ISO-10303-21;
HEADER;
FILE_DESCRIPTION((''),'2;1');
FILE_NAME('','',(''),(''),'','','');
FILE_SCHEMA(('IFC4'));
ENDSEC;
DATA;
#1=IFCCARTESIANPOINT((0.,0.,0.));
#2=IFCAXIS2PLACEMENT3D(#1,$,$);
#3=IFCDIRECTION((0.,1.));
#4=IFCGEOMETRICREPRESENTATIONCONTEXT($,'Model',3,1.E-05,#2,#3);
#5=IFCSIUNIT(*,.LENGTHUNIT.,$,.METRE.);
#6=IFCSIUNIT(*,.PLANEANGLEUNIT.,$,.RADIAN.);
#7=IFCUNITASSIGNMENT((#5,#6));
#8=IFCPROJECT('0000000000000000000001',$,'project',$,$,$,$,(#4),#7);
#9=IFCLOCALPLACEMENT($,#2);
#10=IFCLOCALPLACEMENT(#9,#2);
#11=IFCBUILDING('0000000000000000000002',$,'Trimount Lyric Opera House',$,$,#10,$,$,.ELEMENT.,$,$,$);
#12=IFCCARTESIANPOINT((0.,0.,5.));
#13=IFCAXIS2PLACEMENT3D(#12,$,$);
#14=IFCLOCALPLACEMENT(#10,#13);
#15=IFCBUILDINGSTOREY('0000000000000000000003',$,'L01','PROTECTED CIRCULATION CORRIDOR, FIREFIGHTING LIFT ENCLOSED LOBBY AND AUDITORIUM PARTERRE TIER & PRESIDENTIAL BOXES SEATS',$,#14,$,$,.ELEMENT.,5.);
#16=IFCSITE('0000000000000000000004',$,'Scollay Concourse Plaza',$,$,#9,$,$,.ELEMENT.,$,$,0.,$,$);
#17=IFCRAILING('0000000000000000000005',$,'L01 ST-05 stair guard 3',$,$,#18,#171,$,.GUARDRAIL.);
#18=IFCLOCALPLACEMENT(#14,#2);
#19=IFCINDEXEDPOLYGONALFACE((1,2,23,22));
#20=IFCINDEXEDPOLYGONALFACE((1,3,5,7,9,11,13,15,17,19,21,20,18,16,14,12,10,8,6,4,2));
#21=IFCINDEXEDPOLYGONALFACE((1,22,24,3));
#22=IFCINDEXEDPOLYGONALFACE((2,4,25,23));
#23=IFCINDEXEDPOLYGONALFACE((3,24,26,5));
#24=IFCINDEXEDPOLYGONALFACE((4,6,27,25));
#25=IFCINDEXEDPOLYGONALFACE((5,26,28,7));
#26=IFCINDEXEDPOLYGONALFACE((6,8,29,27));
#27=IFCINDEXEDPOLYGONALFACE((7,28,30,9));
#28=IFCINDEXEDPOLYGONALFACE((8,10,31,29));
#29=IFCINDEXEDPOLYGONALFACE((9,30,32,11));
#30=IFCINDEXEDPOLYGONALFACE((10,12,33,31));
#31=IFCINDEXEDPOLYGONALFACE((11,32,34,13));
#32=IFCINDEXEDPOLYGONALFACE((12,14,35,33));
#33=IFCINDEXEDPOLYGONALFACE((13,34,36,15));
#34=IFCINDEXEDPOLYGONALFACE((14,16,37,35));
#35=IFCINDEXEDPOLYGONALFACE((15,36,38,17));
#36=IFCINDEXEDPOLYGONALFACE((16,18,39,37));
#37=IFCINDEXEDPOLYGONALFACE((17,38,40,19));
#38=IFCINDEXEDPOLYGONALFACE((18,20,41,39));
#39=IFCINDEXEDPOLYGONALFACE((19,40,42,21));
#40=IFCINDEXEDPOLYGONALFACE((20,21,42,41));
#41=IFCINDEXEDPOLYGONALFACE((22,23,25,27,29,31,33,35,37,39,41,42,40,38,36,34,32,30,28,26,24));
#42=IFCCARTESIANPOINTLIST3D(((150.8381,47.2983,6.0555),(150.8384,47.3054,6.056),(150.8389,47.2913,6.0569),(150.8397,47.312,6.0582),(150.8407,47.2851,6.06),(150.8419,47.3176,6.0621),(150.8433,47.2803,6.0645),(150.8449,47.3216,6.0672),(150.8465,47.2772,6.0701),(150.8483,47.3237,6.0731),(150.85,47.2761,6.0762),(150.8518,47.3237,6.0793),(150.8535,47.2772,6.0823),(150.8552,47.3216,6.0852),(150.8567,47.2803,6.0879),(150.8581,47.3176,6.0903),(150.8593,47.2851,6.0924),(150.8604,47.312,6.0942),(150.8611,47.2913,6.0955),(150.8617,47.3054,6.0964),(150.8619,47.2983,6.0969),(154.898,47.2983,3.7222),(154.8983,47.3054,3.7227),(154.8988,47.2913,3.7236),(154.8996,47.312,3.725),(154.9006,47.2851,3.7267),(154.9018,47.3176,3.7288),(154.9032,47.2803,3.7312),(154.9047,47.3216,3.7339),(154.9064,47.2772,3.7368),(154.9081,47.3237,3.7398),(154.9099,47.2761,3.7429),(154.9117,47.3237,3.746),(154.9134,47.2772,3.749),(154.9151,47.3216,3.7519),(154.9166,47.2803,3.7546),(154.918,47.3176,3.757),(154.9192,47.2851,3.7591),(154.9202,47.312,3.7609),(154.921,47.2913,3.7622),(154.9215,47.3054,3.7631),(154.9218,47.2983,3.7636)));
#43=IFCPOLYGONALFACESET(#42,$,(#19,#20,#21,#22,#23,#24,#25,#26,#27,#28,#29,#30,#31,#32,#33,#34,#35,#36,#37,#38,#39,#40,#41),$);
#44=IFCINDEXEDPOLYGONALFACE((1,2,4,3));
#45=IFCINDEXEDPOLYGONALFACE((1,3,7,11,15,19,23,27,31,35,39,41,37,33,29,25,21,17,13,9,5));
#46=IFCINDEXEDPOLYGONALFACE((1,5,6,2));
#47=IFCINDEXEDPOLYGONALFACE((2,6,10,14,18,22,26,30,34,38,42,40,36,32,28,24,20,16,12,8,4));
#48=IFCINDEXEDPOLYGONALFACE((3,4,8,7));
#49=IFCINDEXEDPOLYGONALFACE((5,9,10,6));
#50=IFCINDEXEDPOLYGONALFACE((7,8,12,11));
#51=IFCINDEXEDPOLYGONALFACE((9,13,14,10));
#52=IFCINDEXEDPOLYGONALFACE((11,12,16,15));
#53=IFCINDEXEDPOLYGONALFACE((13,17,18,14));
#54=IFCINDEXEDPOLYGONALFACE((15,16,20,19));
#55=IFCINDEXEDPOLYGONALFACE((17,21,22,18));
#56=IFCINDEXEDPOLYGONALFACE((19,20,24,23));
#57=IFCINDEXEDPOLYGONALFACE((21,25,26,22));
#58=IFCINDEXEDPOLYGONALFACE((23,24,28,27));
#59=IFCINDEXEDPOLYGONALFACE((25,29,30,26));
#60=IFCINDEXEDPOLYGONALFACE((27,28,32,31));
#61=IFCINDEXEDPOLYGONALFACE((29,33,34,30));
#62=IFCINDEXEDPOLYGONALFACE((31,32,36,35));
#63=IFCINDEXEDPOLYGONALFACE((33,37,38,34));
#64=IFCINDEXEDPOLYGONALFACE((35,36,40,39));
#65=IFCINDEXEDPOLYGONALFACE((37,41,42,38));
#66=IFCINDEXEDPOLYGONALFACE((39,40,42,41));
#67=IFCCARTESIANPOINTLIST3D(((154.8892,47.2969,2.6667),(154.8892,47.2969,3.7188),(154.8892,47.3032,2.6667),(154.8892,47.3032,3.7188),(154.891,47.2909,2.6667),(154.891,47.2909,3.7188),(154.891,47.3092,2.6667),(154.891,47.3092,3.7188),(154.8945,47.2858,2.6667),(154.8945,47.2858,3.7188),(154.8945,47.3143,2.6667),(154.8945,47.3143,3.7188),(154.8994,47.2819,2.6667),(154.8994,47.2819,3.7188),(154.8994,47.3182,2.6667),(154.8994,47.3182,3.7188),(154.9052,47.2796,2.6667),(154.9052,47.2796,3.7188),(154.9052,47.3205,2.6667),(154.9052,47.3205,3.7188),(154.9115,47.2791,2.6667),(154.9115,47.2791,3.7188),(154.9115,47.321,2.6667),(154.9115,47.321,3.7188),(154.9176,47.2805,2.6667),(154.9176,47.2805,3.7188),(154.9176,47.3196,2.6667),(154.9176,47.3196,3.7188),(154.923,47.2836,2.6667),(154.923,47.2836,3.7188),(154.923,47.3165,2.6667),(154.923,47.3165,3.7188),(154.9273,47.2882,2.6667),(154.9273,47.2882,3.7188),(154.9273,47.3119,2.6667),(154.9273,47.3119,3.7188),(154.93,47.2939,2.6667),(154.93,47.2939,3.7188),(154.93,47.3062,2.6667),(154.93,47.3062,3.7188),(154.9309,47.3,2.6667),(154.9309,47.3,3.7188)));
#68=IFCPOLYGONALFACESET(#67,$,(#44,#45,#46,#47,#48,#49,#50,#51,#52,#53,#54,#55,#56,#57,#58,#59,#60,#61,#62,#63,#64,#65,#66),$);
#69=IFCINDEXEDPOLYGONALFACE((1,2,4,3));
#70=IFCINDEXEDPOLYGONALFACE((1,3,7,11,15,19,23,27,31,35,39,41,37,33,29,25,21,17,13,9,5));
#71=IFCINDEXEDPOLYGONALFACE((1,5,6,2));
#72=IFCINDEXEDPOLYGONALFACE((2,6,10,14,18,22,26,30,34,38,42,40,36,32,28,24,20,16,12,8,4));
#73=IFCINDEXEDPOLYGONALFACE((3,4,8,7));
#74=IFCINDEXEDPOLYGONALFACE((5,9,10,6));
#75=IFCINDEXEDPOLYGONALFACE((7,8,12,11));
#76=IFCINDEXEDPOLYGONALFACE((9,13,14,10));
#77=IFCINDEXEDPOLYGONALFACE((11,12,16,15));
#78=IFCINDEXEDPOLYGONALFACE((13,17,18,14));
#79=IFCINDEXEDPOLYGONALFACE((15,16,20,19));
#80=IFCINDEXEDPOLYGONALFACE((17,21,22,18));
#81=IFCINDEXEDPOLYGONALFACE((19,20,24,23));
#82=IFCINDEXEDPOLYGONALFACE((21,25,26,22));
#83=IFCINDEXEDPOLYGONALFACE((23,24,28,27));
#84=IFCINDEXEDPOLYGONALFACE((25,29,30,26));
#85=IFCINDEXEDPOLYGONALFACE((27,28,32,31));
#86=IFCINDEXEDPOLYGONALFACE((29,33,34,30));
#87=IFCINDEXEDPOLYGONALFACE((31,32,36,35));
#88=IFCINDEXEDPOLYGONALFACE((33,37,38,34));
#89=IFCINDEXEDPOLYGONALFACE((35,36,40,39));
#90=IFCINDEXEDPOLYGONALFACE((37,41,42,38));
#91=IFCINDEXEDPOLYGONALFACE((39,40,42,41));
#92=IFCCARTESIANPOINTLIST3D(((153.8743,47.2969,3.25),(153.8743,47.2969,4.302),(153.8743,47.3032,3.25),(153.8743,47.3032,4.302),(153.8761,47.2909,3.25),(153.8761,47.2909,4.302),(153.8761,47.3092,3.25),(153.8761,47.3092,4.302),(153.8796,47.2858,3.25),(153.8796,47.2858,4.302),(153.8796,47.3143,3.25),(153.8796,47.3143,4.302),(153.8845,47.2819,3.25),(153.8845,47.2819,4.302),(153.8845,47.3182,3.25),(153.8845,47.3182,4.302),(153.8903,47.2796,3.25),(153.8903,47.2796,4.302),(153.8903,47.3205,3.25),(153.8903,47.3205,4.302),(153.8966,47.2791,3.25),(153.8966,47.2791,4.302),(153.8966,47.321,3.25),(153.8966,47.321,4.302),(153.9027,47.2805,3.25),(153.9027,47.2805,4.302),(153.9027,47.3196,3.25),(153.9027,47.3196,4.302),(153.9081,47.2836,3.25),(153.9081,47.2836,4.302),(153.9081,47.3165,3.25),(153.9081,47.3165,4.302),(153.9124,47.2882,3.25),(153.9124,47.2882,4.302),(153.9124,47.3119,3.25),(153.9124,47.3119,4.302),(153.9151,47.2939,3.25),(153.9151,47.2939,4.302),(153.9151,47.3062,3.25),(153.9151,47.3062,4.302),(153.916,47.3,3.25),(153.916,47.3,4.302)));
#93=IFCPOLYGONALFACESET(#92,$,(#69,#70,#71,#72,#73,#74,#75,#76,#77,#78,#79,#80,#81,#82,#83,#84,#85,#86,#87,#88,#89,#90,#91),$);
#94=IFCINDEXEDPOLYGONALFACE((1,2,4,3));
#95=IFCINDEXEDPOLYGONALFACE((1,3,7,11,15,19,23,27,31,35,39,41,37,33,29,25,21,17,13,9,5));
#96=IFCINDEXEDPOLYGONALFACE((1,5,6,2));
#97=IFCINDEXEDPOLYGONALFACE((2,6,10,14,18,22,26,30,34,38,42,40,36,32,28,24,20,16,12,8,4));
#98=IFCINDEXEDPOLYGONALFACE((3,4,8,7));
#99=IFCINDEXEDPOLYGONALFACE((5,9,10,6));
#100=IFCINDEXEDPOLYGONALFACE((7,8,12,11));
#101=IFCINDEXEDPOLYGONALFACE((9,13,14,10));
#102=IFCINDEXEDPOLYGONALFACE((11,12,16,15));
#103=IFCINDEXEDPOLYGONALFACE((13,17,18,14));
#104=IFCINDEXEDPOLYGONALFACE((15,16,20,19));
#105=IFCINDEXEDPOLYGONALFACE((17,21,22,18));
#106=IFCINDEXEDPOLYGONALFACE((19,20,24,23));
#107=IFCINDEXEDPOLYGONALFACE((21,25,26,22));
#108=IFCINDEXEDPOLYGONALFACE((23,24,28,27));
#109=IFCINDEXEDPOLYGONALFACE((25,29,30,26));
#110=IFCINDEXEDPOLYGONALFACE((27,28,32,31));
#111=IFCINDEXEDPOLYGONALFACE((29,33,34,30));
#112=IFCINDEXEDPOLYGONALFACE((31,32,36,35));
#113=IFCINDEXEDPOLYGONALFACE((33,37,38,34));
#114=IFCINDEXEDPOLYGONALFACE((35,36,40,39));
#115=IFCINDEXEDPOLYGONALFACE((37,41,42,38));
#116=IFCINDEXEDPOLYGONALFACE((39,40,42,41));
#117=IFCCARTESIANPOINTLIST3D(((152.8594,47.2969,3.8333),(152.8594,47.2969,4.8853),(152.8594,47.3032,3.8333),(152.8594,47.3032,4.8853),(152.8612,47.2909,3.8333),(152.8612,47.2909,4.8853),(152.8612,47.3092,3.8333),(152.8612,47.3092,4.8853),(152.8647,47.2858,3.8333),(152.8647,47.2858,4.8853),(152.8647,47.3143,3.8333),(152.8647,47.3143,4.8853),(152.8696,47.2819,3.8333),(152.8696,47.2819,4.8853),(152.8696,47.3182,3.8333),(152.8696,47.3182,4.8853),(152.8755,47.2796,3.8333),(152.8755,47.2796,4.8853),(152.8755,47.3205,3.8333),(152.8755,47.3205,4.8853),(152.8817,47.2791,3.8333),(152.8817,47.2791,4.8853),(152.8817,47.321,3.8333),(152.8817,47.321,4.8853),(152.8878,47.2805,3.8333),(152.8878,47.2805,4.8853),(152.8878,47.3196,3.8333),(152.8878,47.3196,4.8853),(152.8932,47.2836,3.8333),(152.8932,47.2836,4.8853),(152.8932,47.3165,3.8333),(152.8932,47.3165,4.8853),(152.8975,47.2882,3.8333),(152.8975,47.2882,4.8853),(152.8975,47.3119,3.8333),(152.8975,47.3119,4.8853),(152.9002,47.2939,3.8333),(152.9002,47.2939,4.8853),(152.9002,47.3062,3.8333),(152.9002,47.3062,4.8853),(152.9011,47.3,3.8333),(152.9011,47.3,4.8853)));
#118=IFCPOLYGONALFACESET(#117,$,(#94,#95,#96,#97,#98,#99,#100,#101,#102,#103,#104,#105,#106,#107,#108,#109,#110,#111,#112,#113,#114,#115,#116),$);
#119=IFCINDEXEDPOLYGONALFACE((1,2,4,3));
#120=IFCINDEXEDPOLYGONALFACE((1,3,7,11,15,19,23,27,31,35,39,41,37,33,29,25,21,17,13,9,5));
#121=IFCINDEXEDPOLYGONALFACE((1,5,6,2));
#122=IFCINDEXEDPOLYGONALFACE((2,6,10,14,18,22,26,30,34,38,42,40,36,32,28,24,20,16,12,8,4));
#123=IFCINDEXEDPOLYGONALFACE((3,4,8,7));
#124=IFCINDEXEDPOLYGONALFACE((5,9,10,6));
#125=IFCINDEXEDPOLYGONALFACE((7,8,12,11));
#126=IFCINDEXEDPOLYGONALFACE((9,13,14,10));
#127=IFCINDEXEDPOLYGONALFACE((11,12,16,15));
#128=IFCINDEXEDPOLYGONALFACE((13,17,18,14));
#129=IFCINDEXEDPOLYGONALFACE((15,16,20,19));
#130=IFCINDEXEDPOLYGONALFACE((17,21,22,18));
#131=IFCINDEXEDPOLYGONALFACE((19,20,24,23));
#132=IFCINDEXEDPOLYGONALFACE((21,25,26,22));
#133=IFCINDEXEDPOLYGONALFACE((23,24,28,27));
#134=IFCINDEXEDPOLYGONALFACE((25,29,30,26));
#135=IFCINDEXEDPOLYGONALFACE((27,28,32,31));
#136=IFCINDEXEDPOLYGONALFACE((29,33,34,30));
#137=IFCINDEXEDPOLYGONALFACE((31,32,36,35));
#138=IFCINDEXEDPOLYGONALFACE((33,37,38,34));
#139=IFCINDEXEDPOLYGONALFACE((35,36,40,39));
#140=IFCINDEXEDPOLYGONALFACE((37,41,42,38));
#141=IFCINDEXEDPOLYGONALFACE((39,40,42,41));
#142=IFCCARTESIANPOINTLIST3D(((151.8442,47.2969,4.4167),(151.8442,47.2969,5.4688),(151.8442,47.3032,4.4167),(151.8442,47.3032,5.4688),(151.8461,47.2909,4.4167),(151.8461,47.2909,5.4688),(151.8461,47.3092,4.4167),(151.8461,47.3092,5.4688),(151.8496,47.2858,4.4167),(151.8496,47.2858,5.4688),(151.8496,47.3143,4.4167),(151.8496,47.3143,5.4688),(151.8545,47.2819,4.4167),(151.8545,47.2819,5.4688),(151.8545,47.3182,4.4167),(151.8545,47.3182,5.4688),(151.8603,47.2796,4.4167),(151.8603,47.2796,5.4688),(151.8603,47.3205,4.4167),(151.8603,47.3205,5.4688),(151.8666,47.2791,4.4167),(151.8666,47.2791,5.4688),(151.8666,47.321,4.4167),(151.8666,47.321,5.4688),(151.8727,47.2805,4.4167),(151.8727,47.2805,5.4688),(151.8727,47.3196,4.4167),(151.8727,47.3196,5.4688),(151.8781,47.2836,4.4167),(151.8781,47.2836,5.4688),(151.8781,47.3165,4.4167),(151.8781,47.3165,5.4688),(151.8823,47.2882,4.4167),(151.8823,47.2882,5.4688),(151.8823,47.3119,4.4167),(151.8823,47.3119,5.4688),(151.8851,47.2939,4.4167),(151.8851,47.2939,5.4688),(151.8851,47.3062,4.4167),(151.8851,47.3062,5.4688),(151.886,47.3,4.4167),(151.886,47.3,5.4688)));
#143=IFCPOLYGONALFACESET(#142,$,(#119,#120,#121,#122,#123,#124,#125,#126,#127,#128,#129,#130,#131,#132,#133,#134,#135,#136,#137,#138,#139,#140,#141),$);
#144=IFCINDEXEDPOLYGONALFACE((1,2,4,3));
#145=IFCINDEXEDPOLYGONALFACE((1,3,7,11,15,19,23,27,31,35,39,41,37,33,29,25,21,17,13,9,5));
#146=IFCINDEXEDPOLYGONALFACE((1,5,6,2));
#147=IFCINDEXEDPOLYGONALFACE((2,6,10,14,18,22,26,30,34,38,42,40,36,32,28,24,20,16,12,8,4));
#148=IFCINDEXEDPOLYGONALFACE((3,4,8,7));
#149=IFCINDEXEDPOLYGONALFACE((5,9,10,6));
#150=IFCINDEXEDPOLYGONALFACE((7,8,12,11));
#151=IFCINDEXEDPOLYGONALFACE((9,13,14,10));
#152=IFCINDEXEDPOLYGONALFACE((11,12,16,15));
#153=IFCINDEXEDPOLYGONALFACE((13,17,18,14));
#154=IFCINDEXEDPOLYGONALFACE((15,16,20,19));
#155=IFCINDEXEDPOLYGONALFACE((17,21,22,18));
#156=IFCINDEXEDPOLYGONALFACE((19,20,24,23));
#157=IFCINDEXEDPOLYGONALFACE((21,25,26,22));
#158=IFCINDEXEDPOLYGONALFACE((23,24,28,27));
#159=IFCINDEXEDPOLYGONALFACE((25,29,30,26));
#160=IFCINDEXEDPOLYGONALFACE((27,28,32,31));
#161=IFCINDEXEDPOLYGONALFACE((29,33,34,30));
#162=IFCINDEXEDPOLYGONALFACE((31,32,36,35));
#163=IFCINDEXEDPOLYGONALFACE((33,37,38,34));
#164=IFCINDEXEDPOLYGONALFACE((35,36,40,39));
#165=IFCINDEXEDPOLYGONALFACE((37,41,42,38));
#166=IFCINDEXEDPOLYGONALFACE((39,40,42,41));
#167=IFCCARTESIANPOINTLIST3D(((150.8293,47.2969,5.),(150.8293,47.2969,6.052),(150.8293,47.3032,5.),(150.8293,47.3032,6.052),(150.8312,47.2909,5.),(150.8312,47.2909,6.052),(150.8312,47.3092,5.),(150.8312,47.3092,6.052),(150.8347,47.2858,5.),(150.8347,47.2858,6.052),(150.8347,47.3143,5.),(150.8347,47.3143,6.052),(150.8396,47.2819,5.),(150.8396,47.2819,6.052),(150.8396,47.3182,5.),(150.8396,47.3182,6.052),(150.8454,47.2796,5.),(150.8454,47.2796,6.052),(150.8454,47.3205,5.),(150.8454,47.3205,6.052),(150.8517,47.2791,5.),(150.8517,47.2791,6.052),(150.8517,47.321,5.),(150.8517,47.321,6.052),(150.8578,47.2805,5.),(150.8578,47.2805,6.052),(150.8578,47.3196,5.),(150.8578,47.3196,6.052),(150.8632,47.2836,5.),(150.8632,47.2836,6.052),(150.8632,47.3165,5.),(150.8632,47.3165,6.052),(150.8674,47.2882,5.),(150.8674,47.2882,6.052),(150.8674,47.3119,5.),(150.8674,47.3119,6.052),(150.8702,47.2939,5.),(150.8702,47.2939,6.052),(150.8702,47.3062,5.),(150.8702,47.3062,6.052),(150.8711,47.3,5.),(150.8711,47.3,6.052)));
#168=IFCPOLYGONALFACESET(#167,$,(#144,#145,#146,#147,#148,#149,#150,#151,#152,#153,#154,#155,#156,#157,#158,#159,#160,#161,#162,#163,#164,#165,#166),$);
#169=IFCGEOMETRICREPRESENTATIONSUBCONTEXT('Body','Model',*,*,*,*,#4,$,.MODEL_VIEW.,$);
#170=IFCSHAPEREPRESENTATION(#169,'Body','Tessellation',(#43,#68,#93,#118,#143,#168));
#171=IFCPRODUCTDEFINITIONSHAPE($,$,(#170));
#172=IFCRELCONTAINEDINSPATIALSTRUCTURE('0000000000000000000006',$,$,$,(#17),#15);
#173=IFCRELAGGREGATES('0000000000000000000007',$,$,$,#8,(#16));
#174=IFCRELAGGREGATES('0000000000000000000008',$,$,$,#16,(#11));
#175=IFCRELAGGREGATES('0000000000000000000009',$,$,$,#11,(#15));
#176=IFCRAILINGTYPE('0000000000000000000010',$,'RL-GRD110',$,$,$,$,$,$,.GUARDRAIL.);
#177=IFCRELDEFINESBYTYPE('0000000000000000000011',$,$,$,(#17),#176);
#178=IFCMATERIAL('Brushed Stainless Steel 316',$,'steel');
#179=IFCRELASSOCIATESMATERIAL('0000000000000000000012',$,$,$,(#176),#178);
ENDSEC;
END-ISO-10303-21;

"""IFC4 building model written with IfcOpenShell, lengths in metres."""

from ifc_helpers import new_model, si_unit, direction, frame, origin, origin_2d, place, context, subcontext, project, spatial, circle, extrude, material, type_object, element, save


model = new_model("IFC4")

# Units and contexts
model_context = context("Model", 3, precision=1e-05, world=origin(), true_north=direction((0.0, 1.0)))
body_context = subcontext(model_context, "Body", "Model", "MODEL_VIEW")
ifc_project = project(units=[si_unit("LENGTHUNIT", "METRE"), si_unit("PLANEANGLEUNIT", "RADIAN")], contexts=[model_context])

# Site, building, storey
site_placement = place(None, origin())
site = spatial("IfcSite", under=ifc_project, at=site_placement, Name="Scollay Concourse Plaza", CompositionType="ELEMENT", RefElevation=0.0)
building_placement = place(site_placement, origin())
building = spatial("IfcBuilding", under=site, at=building_placement, Name="Trimount Lyric Opera House", CompositionType="ELEMENT")
storey_placement = place(building_placement, frame((0.0, 0.0, 5.0)))
storey = spatial("IfcBuildingStorey", under=building, at=storey_placement, Name="L01", Description="PROTECTED CIRCULATION CORRIDOR, FIREFIGHTING LIFT ENCLOSED LOBBY AND AUDITORIUM PARTERRE TIER & PRESIDENTIAL BOXES SEATS", CompositionType="ELEMENT", Elevation=5.0)

# Railing
ifc_material_1 = material(Name="Brushed Stainless Steel 316", Category="steel")
railing_type_1 = type_object("IfcRailingType", Name="RL-GRD110", PredefinedType="GUARDRAIL", material=ifc_material_1)
railing_1_placement = place(storey_placement, frame((154.9099, 47.3, 2.6667)))
element("IfcRailing", 1, at=railing_1_placement, inside=storey, type_object=railing_type_1, Name="L01 ST-05 stair guard 3", PredefinedType="GUARDRAIL", context=body_context, shape_type="SweptSolid", body=[
    extrude(circle(Radius=0.0239, at=origin_2d()), frame((0.0, 0.0, 1.0762), z_axis=(-0.867012, 0.0, 0.498288), x_axis=(0.0, -1.0, 0.0)), (0.0, 0.0, 1.0), 4.6826),
    extrude(circle(Radius=0.021, at=origin_2d()), origin(), (0.0, 0.0, 1.0), 1.052),
    extrude(circle(Radius=0.021, at=origin_2d()), frame((-1.0149, 0.0, 0.5833)), (0.0, 0.0, 1.0), 1.052),
    extrude(circle(Radius=0.021, at=origin_2d()), frame((-2.0298, 0.0, 1.1665)), (0.0, 0.0, 1.0), 1.052),
    extrude(circle(Radius=0.021, at=origin_2d()), frame((-3.0449, 0.0, 1.75)), (0.0, 0.0, 1.0), 1.052),
    extrude(circle(Radius=0.021, at=origin_2d()), frame((-4.0598, 0.0, 2.3333)), (0.0, 0.0, 1.0), 1.052),
])

save(model, "model.ifc")
